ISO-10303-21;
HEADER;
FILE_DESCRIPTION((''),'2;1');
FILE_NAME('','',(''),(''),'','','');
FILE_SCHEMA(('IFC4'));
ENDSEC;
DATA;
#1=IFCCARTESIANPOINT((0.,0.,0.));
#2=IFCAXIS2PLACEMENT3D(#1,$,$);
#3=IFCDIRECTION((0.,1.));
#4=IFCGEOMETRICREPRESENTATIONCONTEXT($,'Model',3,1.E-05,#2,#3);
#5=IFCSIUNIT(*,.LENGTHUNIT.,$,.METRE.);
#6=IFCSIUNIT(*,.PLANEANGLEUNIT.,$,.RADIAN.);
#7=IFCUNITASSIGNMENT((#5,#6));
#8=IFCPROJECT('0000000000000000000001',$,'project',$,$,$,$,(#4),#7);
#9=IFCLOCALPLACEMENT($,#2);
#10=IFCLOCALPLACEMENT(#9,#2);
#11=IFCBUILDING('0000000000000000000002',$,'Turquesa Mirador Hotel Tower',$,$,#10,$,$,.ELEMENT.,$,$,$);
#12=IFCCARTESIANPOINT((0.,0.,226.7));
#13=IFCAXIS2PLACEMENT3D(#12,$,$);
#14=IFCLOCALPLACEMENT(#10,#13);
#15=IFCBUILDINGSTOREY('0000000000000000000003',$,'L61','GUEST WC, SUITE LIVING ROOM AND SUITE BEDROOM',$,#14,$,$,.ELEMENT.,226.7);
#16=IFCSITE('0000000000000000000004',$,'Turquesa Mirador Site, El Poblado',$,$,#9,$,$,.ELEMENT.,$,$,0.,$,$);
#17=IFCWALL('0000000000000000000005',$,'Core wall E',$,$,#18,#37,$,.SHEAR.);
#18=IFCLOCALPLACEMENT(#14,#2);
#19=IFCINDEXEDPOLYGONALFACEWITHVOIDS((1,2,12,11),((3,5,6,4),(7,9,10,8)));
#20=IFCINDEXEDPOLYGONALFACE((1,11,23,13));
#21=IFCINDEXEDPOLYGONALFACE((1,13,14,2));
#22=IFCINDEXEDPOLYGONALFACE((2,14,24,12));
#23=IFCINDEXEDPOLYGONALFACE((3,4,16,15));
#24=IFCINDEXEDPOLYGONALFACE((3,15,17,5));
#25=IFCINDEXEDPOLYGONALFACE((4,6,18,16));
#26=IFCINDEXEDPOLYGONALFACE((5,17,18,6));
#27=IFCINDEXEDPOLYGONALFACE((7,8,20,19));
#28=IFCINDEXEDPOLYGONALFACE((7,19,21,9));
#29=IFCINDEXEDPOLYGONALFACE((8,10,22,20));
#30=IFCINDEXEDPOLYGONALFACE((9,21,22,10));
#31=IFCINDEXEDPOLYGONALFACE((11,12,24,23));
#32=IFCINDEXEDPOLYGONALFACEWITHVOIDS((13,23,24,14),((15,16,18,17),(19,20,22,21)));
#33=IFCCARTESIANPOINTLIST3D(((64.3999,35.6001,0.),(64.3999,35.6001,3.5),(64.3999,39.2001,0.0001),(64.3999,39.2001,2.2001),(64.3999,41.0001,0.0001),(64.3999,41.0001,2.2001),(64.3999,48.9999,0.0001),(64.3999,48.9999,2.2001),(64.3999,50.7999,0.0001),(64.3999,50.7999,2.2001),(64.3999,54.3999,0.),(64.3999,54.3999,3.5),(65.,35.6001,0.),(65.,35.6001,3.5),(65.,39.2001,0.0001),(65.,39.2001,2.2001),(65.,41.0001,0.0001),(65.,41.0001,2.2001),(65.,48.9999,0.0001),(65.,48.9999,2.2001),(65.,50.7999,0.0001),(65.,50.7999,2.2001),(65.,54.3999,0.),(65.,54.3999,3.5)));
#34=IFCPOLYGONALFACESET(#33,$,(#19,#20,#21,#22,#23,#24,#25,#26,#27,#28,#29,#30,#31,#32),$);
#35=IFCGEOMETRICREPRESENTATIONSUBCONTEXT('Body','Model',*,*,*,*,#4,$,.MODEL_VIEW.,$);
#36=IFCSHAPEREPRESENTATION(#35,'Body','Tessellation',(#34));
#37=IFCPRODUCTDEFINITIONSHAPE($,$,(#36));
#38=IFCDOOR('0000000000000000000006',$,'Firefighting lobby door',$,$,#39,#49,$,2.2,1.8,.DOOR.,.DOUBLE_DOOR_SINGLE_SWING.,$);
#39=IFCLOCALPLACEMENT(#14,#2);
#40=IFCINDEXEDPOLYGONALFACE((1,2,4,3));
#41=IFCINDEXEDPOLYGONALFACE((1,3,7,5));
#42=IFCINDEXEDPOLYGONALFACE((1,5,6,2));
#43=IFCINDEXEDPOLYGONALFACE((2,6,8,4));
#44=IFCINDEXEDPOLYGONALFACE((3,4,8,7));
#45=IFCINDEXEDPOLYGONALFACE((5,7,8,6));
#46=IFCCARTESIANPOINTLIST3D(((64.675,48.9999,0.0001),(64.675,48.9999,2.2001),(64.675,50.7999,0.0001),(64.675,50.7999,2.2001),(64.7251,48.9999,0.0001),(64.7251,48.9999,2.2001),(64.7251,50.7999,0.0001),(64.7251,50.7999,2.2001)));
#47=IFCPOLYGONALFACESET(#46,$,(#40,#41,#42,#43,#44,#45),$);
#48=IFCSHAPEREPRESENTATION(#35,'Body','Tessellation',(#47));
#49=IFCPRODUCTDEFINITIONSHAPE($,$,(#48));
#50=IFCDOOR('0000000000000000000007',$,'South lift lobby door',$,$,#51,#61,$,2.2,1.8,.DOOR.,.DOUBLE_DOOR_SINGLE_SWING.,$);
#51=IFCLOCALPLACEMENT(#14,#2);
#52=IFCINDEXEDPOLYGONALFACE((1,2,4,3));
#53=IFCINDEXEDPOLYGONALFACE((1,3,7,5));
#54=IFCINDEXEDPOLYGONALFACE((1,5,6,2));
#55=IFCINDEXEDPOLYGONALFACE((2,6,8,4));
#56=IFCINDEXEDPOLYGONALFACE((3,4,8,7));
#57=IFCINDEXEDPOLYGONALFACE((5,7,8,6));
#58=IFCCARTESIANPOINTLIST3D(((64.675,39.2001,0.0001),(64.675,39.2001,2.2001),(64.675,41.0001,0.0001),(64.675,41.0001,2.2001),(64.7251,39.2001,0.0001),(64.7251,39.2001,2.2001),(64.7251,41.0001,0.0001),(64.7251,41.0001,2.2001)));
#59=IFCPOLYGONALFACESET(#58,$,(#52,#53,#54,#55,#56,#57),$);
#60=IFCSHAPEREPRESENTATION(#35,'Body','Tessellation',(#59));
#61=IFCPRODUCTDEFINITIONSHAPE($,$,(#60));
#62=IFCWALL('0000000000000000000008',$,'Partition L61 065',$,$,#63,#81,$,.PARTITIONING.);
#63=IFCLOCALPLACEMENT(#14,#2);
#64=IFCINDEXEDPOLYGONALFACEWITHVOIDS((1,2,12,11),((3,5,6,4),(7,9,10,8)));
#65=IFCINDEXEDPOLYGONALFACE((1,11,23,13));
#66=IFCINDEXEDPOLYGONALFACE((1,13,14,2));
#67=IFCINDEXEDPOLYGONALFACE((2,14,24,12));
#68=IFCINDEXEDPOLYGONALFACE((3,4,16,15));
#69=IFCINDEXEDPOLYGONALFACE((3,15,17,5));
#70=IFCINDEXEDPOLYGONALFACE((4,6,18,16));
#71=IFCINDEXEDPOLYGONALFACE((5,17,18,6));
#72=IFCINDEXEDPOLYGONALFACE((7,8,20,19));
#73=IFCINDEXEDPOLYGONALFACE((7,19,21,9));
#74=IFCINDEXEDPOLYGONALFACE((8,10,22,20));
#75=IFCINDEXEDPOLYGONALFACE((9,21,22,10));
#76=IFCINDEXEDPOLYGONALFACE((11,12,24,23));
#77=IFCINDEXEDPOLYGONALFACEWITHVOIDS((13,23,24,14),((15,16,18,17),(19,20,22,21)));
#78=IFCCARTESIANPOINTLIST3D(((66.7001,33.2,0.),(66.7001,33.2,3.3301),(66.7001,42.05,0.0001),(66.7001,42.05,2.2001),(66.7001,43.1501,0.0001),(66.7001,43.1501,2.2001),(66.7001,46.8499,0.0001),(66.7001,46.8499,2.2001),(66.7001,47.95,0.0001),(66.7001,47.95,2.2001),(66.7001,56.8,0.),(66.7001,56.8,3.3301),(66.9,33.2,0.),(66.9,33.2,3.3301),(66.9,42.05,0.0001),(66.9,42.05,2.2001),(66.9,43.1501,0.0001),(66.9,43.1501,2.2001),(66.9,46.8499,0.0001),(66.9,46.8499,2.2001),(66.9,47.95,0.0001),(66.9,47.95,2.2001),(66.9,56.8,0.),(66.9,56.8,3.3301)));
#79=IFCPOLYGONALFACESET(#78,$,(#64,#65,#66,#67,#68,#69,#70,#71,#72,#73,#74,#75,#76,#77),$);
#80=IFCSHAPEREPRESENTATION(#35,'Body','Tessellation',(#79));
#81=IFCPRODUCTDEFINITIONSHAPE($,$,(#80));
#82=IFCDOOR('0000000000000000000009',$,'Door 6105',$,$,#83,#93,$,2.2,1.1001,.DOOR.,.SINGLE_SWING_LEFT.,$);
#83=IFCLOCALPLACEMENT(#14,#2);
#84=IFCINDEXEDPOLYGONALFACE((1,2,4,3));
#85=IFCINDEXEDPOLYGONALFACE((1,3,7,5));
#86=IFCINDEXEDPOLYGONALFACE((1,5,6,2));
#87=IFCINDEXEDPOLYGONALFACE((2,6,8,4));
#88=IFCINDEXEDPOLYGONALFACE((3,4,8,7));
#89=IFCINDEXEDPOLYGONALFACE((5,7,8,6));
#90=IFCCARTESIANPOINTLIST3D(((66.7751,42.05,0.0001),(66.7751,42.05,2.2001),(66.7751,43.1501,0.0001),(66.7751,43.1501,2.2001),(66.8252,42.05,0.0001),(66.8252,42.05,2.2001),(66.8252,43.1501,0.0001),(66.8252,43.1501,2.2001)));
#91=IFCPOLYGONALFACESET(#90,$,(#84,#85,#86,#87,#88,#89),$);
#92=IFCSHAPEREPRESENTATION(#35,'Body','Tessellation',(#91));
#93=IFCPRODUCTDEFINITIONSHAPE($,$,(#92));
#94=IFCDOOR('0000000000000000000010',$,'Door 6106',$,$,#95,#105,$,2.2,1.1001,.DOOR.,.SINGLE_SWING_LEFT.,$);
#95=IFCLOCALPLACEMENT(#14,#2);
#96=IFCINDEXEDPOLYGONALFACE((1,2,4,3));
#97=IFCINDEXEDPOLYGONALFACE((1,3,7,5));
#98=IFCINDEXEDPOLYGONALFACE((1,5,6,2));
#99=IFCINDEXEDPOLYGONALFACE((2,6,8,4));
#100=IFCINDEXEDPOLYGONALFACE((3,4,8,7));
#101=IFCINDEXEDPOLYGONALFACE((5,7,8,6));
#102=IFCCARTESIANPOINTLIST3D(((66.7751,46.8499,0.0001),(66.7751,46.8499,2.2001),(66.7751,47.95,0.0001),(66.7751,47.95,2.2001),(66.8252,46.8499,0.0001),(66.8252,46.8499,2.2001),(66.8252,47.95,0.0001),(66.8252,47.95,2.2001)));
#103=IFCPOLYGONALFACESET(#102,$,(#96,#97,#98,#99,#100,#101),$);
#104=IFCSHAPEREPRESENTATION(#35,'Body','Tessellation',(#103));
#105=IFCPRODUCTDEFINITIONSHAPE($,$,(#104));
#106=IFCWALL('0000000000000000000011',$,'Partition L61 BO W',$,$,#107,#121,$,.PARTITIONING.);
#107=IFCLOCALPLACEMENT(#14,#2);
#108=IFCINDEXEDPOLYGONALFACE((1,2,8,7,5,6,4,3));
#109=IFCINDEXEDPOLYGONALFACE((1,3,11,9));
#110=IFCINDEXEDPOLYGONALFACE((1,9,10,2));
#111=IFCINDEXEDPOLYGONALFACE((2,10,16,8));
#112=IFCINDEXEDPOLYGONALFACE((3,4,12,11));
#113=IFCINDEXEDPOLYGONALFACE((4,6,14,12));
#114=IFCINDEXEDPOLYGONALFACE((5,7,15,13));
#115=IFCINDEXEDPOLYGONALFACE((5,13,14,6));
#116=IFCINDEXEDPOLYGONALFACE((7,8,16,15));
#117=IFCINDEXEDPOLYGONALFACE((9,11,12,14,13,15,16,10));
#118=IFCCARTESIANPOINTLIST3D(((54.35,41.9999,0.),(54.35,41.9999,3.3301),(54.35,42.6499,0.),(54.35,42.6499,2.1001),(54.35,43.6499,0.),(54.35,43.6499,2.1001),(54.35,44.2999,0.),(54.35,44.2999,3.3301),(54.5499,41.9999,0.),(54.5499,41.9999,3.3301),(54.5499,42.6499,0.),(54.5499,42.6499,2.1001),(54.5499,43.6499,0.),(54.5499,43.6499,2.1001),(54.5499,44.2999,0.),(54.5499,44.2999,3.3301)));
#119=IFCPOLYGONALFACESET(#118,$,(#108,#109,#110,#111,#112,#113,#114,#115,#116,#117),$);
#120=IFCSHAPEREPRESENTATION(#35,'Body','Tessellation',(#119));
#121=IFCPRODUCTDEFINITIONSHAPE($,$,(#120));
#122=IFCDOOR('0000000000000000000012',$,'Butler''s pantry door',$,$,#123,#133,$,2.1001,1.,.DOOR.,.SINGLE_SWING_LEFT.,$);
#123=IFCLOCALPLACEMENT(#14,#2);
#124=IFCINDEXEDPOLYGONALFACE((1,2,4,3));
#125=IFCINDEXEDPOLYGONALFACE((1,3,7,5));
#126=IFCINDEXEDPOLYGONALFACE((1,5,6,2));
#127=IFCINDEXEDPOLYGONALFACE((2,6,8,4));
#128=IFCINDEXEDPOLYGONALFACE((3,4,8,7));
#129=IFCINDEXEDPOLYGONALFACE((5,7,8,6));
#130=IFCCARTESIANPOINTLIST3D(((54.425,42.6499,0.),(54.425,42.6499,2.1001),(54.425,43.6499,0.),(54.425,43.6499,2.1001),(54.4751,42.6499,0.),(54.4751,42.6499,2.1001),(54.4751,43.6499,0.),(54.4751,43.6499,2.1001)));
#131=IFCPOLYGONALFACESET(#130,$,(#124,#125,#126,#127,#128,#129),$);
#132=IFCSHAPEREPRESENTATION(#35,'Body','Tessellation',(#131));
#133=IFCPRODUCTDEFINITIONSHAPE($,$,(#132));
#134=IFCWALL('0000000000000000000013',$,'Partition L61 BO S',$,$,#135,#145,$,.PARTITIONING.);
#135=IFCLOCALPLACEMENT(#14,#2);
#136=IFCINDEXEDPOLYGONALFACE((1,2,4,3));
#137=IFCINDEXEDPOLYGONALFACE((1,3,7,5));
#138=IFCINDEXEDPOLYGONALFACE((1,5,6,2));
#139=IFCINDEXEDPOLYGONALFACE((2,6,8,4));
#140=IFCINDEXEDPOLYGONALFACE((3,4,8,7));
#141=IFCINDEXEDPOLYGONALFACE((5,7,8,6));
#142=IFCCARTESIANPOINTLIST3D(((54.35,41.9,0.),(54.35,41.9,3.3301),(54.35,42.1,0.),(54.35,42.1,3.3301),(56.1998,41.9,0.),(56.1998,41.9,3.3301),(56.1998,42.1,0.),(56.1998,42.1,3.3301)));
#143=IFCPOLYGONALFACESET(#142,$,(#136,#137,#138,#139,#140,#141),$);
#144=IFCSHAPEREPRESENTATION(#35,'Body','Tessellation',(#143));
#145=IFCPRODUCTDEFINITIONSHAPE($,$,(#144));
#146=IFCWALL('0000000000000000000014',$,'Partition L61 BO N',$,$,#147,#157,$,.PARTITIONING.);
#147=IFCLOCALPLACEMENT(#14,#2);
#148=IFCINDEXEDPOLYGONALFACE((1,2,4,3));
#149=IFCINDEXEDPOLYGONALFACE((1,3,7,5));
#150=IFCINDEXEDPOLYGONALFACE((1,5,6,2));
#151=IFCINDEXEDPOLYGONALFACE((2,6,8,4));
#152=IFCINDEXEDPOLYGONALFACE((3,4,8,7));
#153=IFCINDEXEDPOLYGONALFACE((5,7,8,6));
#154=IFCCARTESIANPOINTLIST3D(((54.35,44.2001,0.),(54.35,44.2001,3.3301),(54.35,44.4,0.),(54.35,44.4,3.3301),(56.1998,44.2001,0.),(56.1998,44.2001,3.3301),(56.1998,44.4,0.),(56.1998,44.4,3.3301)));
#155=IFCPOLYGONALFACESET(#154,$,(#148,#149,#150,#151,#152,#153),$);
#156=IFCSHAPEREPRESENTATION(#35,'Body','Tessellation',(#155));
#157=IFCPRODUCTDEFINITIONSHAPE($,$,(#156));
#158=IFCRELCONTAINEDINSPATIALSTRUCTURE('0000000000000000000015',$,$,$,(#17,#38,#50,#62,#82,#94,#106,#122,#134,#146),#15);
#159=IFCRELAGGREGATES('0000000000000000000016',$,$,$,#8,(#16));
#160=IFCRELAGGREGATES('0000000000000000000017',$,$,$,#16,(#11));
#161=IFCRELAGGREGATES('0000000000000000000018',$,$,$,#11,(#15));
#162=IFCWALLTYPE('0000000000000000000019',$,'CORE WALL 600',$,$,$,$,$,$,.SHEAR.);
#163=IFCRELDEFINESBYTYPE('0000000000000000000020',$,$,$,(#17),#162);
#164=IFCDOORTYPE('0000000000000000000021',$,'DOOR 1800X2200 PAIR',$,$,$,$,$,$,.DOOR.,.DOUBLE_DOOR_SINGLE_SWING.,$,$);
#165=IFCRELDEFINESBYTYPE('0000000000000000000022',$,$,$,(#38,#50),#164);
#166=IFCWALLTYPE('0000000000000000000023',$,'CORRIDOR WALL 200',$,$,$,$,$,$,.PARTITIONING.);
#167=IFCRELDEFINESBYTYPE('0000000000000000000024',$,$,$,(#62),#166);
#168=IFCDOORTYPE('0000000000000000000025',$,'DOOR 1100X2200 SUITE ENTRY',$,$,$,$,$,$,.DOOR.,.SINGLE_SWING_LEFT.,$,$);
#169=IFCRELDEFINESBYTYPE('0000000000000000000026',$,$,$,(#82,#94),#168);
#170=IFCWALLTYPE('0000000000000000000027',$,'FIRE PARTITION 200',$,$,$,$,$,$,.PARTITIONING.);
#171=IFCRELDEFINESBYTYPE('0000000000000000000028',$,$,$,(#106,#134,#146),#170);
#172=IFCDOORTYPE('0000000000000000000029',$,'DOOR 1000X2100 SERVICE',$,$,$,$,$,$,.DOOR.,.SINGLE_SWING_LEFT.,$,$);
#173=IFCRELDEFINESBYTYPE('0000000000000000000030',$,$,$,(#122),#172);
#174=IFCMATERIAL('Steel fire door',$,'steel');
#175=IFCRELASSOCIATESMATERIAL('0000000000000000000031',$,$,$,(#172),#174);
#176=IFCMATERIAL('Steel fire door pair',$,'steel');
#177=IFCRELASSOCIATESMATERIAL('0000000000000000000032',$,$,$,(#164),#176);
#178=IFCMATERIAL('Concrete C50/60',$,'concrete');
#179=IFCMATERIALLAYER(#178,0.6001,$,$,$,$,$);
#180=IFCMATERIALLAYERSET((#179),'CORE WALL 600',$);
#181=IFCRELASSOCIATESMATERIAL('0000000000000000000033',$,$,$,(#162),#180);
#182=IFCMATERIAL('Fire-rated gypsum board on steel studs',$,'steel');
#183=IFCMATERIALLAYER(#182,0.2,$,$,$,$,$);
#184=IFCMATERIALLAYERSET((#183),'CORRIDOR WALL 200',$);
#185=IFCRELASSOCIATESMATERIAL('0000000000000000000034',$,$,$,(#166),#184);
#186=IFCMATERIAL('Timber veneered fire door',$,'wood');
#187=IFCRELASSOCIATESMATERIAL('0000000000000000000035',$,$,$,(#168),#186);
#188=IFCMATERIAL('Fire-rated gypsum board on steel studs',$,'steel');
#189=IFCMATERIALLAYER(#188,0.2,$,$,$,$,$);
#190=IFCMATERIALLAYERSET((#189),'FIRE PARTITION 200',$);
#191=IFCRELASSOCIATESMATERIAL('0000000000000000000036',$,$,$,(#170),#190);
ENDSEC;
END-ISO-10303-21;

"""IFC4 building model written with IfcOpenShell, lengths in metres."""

from ifc_helpers import new_model, si_unit, direction, frame, frame_2d, origin, place, context, subcontext, project, spatial, rectangle, extrude, material, layer, layer_set, type_object, element, fill, save


model = new_model("IFC4")

# Units and contexts
model_context = context("Model", 3, precision=1e-05, world=origin(), true_north=direction((0.0, 1.0)))
body_context = subcontext(model_context, "Body", "Model", "MODEL_VIEW")
ifc_project = project(units=[si_unit("LENGTHUNIT", "METRE"), si_unit("PLANEANGLEUNIT", "RADIAN")], contexts=[model_context])

# Site, building, storey
site_placement = place(None, origin())
site = spatial("IfcSite", under=ifc_project, at=site_placement, Name="Turquesa Mirador Site, El Poblado", CompositionType="ELEMENT", RefElevation=0.0)
building_placement = place(site_placement, origin())
building = spatial("IfcBuilding", under=site, at=building_placement, Name="Turquesa Mirador Hotel Tower", CompositionType="ELEMENT")
storey_placement = place(building_placement, frame((0.0, 0.0, 226.7)))
storey = spatial("IfcBuildingStorey", under=building, at=storey_placement, Name="L61", Description="GUEST WC, SUITE LIVING ROOM AND SUITE BEDROOM", CompositionType="ELEMENT", Elevation=226.7)

# Shared definitions
ifc_material_1 = material(Name="Steel fire door", Category="steel")
door_type_1 = type_object("IfcDoorType", Name="DOOR 1000X2100 SERVICE", OperationType="SINGLE_SWING_LEFT", PredefinedType="DOOR", material=ifc_material_1)
ifc_material_2 = material(Name="Steel fire door pair", Category="steel")
door_type_2 = type_object("IfcDoorType", Name="DOOR 1800X2200 PAIR", OperationType="DOUBLE_DOOR_SINGLE_SWING", PredefinedType="DOOR", material=ifc_material_2)

# Walls, openings, doors
ifc_material_3 = material(Name="Concrete C50/60", Category="concrete")
ifc_layer_1 = layer(ifc_material_3, 0.6001)
ifc_layer_set_1 = layer_set([ifc_layer_1], Name="CORE WALL 600")
wall_type_1 = type_object("IfcWallType", Name="CORE WALL 600", PredefinedType="SHEAR", material=ifc_layer_set_1)
wall_1_placement = place(storey_placement, frame((64.7, 35.6001, 0.0), z_axis=(0.0, 0.0, 1.0), x_axis=(0.0, 1.0, 0.0)))
wall_1 = element("IfcWall", 1, at=wall_1_placement, inside=storey, type_object=wall_type_1, Name="Core wall E", PredefinedType="SHEAR", context=body_context, shape_type="SweptSolid", body=[
    extrude(rectangle(XDim=18.7998, YDim=0.6001, at=frame_2d((9.3999, 0.0))), origin(), (0.0, 0.0, 1.0), 3.5),
])
opening_1_placement = place(wall_1_placement, frame((13.3999, 0.0, 0.0)))
opening_1 = element("IfcOpeningElement", 2, at=opening_1_placement, cuts=wall_1, PredefinedType="OPENING", context=body_context, shape_type="SweptSolid", body=[
    extrude(rectangle(XDim=1.8, YDim=2.2, at=frame_2d((0.8999, 1.1001))), frame((0.0, 0.3101, 0.0), z_axis=(0.0, -1.0, 0.0), x_axis=(1.0, 0.0, 0.0)), (0.0, 0.0, 1.0), 0.6201),
])
opening_2_placement = place(wall_1_placement, frame((3.6001, 0.0, 0.0)))
opening_2 = element("IfcOpeningElement", 3, at=opening_2_placement, cuts=wall_1, PredefinedType="OPENING", context=body_context, shape_type="SweptSolid", body=[
    extrude(rectangle(XDim=1.8, YDim=2.2, at=frame_2d((0.8999, 1.1001))), frame((0.0, 0.3101, 0.0), z_axis=(0.0, -1.0, 0.0), x_axis=(1.0, 0.0, 0.0)), (0.0, 0.0, 1.0), 0.6201),
])
door_1_placement = place(opening_1_placement, origin())
door_1 = element("IfcDoor", 4, at=door_1_placement, inside=storey, type_object=door_type_2, Name="Firefighting lobby door", OperationType="DOUBLE_DOOR_SINGLE_SWING", OverallHeight=2.2, OverallWidth=1.8, PredefinedType="DOOR", context=body_context, shape_type="SweptSolid", body=[
    extrude(rectangle(XDim=1.8, YDim=2.2, at=frame_2d((0.8999, 1.1001))), frame((0.0, 0.0249, 0.0), z_axis=(0.0, -1.0, 0.0), x_axis=(1.0, 0.0, 0.0)), (0.0, 0.0, 1.0), 0.05),
])
fill(opening_1, door_1)
door_2_placement = place(opening_2_placement, origin())
door_2 = element("IfcDoor", 5, at=door_2_placement, inside=storey, type_object=door_type_2, Name="South lift lobby door", OperationType="DOUBLE_DOOR_SINGLE_SWING", OverallHeight=2.2, OverallWidth=1.8, PredefinedType="DOOR", context=body_context, shape_type="SweptSolid", body=[
    extrude(rectangle(XDim=1.8, YDim=2.2, at=frame_2d((0.8999, 1.1001))), frame((0.0, 0.0249, 0.0), z_axis=(0.0, -1.0, 0.0), x_axis=(1.0, 0.0, 0.0)), (0.0, 0.0, 1.0), 0.05),
])
fill(opening_2, door_2)
ifc_material_4 = material(Name="Fire-rated gypsum board on steel studs", Category="steel")
ifc_layer_2 = layer(ifc_material_4, 0.2)
ifc_layer_set_2 = layer_set([ifc_layer_2], Name="CORRIDOR WALL 200")
wall_type_2 = type_object("IfcWallType", Name="CORRIDOR WALL 200", PredefinedType="PARTITIONING", material=ifc_layer_set_2)
wall_2_placement = place(storey_placement, frame((66.8, 33.2, 0.0), z_axis=(0.0, 0.0, 1.0), x_axis=(0.0, 1.0, 0.0)))
wall_2 = element("IfcWall", 6, at=wall_2_placement, inside=storey, type_object=wall_type_2, Name="Partition L61 065", PredefinedType="PARTITIONING", context=body_context, shape_type="SweptSolid", body=[
    extrude(rectangle(XDim=23.6001, YDim=0.2, at=frame_2d((11.8, 0.0))), origin(), (0.0, 0.0, 1.0), 3.3301),
])
opening_3_placement = place(wall_2_placement, frame((8.8501, 0.0, 0.0)))
opening_3 = element("IfcOpeningElement", 7, at=opening_3_placement, cuts=wall_2, PredefinedType="OPENING", context=body_context, shape_type="SweptSolid", body=[
    extrude(rectangle(XDim=1.1001, YDim=2.2, at=frame_2d((0.55, 1.1001))), frame((0.0, 0.1099, 0.0), z_axis=(0.0, -1.0, 0.0), x_axis=(1.0, 0.0, 0.0)), (0.0, 0.0, 1.0), 0.22),
])
opening_4_placement = place(wall_2_placement, frame((13.6499, 0.0, 0.0)))
opening_4 = element("IfcOpeningElement", 8, at=opening_4_placement, cuts=wall_2, PredefinedType="OPENING", context=body_context, shape_type="SweptSolid", body=[
    extrude(rectangle(XDim=1.1001, YDim=2.2, at=frame_2d((0.55, 1.1001))), frame((0.0, 0.1099, 0.0), z_axis=(0.0, -1.0, 0.0), x_axis=(1.0, 0.0, 0.0)), (0.0, 0.0, 1.0), 0.22),
])
ifc_material_5 = material(Name="Timber veneered fire door", Category="wood")
door_type_3 = type_object("IfcDoorType", Name="DOOR 1100X2200 SUITE ENTRY", OperationType="SINGLE_SWING_LEFT", PredefinedType="DOOR", material=ifc_material_5)
door_3_placement = place(opening_3_placement, origin())
door_3 = element("IfcDoor", 9, at=door_3_placement, inside=storey, type_object=door_type_3, Name="Door 6105", OperationType="SINGLE_SWING_LEFT", OverallHeight=2.2, OverallWidth=1.1001, PredefinedType="DOOR", context=body_context, shape_type="SweptSolid", body=[
    extrude(rectangle(XDim=1.1001, YDim=2.2, at=frame_2d((0.55, 1.1001))), frame((0.0, 0.0249, 0.0), z_axis=(0.0, -1.0, 0.0), x_axis=(1.0, 0.0, 0.0)), (0.0, 0.0, 1.0), 0.05),
])
fill(opening_3, door_3)
door_4_placement = place(opening_4_placement, origin())
door_4 = element("IfcDoor", 10, at=door_4_placement, inside=storey, type_object=door_type_3, Name="Door 6106", OperationType="SINGLE_SWING_LEFT", OverallHeight=2.2, OverallWidth=1.1001, PredefinedType="DOOR", context=body_context, shape_type="SweptSolid", body=[
    extrude(rectangle(XDim=1.1001, YDim=2.2, at=frame_2d((0.55, 1.1001))), frame((0.0, 0.0249, 0.0), z_axis=(0.0, -1.0, 0.0), x_axis=(1.0, 0.0, 0.0)), (0.0, 0.0, 1.0), 0.05),
])
fill(opening_4, door_4)

# Wall, opening, door
ifc_material_6 = material(Name="Fire-rated gypsum board on steel studs", Category="steel")
ifc_layer_3 = layer(ifc_material_6, 0.2)
ifc_layer_set_3 = layer_set([ifc_layer_3], Name="FIRE PARTITION 200")
wall_type_3 = type_object("IfcWallType", Name="FIRE PARTITION 200", PredefinedType="PARTITIONING", material=ifc_layer_set_3)
wall_3_placement = place(storey_placement, frame((54.45, 42.0, 0.0), z_axis=(0.0, 0.0, 1.0), x_axis=(0.0, 1.0, 0.0)))
wall_3 = element("IfcWall", 11, at=wall_3_placement, inside=storey, type_object=wall_type_3, Name="Partition L61 BO W", PredefinedType="PARTITIONING", context=body_context, shape_type="SweptSolid", body=[
    extrude(rectangle(XDim=2.3, YDim=0.2, at=frame_2d((1.1499, 0.0))), origin(), (0.0, 0.0, 1.0), 3.3301),
])
opening_5_placement = place(wall_3_placement, frame((0.6499, 0.0, 0.0)))
opening_5 = element("IfcOpeningElement", 12, at=opening_5_placement, cuts=wall_3, PredefinedType="OPENING", context=body_context, shape_type="SweptSolid", body=[
    extrude(rectangle(XDim=1.0, YDim=2.1001, at=frame_2d((0.5, 1.05))), frame((0.0, 0.1099, 0.0), z_axis=(0.0, -1.0, 0.0), x_axis=(1.0, 0.0, 0.0)), (0.0, 0.0, 1.0), 0.22),
])
door_5_placement = place(opening_5_placement, origin())
door_5 = element("IfcDoor", 13, at=door_5_placement, inside=storey, type_object=door_type_1, Name="Butler's pantry door", OperationType="SINGLE_SWING_LEFT", OverallHeight=2.1001, OverallWidth=1.0, PredefinedType="DOOR", context=body_context, shape_type="SweptSolid", body=[
    extrude(rectangle(XDim=1.0, YDim=2.1001, at=frame_2d((0.5, 1.05))), frame((0.0, 0.0249, 0.0), z_axis=(0.0, -1.0, 0.0), x_axis=(1.0, 0.0, 0.0)), (0.0, 0.0, 1.0), 0.05),
])
fill(opening_5, door_5)

# Walls
for number, where, z_axis, x_axis, name in (
    (14, (54.3501, 42.0, 0.0), (0.0, 0.0, 1.0), (1.0, 0.0, 0.0), "Partition L61 BO S"),
    (15, (54.3501, 44.3, 0.0), (0.0, 0.0, 1.0), (1.0, 0.0, 0.0), "Partition L61 BO N"),
):
    element("IfcWall", number, at=place(storey_placement, frame(where, z_axis=z_axis, x_axis=x_axis)), inside=storey, type_object=wall_type_3, Name=name, PredefinedType="PARTITIONING", context=body_context, shape_type="SweptSolid", body=[
        extrude(rectangle(XDim=1.8499, YDim=0.2, at=frame_2d((0.9248, 0.0))), origin(), (0.0, 0.0, 1.0), 3.3301),
    ])

save(model, "model.ifc")
